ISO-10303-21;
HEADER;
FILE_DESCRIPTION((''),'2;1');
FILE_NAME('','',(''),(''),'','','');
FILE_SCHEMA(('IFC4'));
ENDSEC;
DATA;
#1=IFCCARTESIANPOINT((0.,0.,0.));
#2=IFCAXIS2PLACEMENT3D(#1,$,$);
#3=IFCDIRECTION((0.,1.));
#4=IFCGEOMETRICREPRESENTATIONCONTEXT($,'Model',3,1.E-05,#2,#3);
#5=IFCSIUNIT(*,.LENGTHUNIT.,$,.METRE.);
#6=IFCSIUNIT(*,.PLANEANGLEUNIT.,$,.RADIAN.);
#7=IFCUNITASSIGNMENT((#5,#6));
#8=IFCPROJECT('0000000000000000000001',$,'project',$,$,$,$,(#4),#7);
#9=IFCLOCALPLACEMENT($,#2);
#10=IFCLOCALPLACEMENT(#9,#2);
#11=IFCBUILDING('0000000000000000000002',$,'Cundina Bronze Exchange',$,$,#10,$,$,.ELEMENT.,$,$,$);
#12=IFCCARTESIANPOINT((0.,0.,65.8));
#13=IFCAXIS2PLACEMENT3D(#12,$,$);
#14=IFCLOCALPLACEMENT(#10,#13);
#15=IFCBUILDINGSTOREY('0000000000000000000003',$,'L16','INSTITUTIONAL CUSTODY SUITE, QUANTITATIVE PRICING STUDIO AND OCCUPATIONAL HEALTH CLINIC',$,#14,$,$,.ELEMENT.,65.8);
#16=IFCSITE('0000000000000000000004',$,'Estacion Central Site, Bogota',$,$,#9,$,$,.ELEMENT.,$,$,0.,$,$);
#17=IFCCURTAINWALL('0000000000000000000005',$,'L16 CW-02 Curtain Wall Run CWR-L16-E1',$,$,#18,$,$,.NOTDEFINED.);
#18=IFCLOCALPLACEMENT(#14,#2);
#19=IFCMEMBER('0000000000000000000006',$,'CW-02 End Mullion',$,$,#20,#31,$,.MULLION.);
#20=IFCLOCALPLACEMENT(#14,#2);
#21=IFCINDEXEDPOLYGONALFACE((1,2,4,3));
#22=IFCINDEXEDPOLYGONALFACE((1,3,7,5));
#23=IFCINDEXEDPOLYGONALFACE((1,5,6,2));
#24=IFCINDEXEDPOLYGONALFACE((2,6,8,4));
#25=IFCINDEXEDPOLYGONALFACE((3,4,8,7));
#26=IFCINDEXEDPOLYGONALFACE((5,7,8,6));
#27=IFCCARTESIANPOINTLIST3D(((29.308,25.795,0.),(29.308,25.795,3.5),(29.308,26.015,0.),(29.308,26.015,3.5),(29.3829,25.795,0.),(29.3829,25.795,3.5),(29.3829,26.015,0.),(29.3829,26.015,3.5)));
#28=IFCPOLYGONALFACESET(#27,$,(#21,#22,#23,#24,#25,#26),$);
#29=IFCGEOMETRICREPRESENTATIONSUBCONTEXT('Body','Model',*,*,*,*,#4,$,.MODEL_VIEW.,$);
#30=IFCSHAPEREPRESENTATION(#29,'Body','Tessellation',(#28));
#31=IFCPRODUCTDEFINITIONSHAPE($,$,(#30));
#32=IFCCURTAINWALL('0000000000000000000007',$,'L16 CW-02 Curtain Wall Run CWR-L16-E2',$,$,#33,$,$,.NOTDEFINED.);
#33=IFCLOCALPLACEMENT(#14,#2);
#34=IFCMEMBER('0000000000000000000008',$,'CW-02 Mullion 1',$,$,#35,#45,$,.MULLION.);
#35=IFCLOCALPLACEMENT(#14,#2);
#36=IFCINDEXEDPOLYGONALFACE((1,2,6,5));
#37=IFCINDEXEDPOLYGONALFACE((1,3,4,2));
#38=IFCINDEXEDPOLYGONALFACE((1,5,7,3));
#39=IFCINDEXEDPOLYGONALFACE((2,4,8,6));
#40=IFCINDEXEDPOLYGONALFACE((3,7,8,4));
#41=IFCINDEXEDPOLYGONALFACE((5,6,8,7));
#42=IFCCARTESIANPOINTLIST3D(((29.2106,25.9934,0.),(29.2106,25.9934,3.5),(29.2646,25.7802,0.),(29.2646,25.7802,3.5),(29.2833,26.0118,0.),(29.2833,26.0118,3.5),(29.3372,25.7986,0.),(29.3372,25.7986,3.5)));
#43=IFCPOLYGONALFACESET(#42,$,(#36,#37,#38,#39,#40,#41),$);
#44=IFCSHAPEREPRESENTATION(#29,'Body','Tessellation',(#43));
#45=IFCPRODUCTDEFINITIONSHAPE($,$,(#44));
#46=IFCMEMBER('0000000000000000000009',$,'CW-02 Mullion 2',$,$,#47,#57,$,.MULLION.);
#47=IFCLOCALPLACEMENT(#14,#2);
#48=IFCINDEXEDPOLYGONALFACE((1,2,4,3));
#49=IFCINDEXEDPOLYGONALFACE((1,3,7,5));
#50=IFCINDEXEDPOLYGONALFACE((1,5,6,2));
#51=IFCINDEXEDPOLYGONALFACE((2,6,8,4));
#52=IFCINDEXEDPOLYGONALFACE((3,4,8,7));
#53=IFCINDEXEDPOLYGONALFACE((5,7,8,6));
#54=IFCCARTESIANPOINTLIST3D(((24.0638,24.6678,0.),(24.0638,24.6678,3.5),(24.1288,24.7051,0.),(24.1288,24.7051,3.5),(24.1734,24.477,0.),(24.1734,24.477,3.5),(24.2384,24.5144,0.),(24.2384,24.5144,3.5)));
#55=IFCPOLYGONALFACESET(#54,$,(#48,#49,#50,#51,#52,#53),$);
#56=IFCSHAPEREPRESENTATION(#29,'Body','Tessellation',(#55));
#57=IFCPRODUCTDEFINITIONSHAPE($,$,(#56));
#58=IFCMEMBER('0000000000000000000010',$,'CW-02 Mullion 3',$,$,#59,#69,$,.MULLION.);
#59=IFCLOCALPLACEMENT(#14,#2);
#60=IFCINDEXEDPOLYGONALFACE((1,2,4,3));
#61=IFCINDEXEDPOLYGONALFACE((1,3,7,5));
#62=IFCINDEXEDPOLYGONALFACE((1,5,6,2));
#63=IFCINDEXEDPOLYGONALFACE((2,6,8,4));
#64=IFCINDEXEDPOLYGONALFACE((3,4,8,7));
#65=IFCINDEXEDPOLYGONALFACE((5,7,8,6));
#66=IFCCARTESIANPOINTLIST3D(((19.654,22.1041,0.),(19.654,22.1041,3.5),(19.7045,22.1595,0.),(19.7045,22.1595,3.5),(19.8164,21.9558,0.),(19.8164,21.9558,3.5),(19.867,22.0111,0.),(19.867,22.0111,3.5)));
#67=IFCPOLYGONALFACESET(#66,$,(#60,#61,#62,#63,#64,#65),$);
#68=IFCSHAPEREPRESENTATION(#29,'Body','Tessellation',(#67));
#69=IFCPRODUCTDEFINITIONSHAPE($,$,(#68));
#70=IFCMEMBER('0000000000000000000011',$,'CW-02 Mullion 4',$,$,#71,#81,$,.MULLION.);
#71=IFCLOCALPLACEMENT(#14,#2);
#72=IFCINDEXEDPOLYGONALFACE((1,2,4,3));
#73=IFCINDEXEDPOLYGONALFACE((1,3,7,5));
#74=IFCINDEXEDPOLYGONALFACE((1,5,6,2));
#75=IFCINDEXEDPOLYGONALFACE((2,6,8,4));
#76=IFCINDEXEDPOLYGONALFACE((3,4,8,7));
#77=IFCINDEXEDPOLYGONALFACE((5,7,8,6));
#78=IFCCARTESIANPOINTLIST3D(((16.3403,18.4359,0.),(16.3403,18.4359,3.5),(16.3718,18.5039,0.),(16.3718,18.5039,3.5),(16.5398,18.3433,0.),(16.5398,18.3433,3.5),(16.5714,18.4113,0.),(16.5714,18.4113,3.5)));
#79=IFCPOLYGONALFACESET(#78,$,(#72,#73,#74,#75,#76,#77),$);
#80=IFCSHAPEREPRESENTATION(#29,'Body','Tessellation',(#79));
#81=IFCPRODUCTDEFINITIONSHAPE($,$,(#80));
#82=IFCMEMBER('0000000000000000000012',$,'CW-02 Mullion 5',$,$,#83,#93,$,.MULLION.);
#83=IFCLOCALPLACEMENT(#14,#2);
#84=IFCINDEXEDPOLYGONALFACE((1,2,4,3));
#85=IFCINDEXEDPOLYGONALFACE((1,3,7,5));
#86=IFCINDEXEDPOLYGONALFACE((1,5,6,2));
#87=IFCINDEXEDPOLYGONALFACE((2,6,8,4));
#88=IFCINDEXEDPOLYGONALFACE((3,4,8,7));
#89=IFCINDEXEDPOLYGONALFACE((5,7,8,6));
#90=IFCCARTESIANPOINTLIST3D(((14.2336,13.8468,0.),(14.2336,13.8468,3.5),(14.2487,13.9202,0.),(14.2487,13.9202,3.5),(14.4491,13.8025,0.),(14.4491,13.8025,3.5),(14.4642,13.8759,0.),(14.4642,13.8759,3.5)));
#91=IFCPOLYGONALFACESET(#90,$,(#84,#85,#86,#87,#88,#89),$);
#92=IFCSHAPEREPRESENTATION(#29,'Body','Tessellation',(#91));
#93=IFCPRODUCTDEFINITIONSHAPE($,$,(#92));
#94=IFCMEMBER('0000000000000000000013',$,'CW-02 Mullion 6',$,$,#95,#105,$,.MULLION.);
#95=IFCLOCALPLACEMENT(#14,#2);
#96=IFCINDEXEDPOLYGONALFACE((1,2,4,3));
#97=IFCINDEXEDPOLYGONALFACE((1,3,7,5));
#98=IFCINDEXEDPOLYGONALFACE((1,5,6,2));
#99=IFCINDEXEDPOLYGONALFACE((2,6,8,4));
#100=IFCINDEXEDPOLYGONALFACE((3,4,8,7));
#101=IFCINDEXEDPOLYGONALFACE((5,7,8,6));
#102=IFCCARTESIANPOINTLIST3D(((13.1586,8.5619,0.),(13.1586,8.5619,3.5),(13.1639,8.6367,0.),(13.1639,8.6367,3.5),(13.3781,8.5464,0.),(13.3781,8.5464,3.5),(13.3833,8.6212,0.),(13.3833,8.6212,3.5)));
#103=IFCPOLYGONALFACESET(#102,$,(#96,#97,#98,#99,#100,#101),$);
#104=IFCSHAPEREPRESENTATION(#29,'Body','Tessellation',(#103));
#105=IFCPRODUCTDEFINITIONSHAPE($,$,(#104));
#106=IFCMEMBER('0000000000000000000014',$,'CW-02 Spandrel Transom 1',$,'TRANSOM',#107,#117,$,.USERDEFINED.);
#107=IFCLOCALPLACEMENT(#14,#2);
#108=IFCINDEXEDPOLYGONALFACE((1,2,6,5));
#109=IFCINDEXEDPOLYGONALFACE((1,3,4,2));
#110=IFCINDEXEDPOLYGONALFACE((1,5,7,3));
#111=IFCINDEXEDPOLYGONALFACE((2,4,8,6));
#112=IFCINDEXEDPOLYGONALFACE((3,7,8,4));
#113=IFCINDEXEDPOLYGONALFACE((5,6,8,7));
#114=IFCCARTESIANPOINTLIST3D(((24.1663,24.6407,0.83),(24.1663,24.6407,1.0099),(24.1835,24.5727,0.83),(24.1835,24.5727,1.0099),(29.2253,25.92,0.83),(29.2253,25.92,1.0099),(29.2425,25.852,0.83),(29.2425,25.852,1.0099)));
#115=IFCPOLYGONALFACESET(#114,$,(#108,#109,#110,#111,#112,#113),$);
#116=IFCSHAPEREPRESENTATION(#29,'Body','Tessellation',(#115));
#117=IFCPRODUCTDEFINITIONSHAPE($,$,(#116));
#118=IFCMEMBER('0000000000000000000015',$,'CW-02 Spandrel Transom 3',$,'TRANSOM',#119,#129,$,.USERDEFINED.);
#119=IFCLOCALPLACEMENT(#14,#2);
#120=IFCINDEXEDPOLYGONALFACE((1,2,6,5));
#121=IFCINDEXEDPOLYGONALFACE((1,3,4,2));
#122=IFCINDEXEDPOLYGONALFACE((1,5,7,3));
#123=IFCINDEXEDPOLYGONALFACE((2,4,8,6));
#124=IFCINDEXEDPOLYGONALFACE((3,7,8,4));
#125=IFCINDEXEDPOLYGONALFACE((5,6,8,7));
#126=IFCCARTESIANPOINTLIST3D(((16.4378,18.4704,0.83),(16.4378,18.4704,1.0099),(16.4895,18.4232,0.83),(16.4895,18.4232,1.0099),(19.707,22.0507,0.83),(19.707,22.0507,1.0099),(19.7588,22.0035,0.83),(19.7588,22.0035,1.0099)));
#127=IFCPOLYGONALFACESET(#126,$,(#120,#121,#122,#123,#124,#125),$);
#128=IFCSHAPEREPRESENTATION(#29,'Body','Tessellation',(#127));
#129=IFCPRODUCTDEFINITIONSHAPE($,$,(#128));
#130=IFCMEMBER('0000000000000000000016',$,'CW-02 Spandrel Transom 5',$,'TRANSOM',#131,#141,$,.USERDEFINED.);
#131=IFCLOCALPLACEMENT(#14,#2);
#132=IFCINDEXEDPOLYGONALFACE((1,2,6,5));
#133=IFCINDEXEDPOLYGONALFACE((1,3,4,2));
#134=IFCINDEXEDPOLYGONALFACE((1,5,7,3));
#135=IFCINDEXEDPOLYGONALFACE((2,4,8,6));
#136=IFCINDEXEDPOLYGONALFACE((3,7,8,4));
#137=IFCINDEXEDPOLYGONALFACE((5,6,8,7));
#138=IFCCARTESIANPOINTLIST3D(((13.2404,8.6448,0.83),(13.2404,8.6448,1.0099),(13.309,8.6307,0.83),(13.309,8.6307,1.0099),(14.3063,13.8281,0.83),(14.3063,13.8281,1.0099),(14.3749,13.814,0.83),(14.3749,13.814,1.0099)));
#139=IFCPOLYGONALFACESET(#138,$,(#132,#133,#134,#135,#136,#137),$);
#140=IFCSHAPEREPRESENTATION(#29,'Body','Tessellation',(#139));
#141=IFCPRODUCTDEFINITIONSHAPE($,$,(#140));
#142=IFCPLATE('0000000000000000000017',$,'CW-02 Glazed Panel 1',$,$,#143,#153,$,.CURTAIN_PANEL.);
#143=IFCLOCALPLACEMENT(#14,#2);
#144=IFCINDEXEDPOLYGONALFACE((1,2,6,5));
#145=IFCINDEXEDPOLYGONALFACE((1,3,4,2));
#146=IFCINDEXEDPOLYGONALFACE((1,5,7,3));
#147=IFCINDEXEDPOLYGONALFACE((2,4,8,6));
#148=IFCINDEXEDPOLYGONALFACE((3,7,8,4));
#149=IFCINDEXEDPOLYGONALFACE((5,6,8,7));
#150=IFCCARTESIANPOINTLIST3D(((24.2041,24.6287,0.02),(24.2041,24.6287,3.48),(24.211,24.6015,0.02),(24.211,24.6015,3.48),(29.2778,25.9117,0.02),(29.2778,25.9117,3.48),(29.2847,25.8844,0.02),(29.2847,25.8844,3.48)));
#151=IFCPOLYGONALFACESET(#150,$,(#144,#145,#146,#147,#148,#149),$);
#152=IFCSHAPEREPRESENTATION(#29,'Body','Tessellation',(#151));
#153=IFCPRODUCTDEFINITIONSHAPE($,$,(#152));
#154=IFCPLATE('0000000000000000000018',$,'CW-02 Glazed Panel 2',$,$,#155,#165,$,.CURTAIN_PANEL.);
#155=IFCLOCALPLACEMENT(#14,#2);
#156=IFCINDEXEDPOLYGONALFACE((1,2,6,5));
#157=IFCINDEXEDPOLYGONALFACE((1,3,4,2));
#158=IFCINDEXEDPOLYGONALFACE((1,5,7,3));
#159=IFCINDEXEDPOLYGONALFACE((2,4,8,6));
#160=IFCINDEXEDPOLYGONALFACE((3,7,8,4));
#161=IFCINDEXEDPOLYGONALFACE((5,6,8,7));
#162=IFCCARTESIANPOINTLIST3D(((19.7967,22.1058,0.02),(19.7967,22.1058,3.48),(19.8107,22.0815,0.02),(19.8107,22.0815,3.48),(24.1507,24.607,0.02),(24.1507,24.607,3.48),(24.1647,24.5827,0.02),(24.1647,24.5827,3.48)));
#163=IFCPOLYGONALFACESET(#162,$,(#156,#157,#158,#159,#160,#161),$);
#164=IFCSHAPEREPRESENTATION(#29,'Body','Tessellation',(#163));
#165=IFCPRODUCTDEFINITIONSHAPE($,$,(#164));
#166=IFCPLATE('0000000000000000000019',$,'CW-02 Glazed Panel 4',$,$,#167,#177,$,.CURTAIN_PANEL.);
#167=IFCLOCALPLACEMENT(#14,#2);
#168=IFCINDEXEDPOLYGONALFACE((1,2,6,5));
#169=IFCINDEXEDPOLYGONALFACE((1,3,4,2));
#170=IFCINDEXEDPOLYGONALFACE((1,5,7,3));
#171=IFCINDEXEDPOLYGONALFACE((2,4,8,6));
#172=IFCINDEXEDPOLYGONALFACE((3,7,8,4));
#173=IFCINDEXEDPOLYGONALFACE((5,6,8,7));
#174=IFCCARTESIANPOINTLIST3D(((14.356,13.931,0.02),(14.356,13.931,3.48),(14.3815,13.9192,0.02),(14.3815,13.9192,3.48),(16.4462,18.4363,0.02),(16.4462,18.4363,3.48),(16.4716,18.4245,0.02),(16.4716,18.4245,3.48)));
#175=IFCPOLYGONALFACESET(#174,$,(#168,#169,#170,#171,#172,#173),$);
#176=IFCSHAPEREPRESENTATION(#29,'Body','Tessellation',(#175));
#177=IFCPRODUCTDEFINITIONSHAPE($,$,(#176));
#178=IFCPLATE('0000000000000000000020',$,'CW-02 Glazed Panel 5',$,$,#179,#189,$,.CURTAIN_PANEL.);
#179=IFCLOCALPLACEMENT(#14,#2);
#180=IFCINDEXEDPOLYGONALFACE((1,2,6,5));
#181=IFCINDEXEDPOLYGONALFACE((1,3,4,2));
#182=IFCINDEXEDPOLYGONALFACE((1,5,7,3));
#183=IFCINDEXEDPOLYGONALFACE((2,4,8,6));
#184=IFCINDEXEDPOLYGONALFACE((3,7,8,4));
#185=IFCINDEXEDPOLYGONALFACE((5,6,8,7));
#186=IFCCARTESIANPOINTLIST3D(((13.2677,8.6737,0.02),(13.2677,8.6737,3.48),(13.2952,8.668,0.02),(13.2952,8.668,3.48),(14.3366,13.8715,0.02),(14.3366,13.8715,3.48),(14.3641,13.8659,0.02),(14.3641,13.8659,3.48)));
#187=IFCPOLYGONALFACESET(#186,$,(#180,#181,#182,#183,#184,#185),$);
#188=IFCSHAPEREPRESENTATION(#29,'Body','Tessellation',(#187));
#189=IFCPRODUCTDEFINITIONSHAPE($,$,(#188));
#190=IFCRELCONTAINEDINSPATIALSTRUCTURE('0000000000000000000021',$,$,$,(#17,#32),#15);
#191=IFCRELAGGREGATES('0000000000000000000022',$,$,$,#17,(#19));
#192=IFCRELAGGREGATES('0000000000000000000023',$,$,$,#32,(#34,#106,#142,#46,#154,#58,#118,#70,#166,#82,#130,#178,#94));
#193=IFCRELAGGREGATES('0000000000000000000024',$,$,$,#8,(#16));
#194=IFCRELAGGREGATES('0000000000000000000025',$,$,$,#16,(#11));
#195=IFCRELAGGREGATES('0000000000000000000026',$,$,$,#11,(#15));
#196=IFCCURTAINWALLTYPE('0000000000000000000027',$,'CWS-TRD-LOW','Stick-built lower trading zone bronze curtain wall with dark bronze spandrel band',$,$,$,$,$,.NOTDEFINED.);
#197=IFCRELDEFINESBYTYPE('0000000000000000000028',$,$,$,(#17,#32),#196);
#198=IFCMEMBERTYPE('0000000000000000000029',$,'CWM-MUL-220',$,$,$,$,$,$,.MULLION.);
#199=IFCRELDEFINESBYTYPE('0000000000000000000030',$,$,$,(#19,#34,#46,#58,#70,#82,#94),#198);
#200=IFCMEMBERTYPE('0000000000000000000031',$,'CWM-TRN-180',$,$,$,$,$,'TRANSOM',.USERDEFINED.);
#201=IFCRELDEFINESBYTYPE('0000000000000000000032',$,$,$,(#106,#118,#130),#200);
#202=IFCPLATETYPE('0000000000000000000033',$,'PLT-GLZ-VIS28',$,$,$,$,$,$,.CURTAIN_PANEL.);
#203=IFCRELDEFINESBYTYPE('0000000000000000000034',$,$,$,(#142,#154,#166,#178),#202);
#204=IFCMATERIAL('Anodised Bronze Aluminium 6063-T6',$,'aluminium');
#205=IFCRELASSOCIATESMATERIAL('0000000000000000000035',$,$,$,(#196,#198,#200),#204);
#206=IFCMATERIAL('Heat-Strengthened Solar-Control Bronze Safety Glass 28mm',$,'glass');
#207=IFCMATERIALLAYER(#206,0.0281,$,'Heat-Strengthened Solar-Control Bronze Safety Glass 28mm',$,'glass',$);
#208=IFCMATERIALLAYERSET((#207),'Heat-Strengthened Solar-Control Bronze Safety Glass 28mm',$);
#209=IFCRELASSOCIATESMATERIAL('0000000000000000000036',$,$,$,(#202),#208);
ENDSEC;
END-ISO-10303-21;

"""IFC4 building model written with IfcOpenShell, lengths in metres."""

from ifc_helpers import new_model, si_unit, direction, frame, origin, origin_2d, place, context, subcontext, project, spatial, rectangle, extrude, material, layer, layer_set, material_profile, profile_set, type_object, element, aggregate, save


model = new_model("IFC4")

# Units and contexts
model_context = context("Model", 3, precision=1e-05, world=origin(), true_north=direction((0.0, 1.0)))
body_context = subcontext(model_context, "Body", "Model", "MODEL_VIEW")
ifc_project = project(units=[si_unit("LENGTHUNIT", "METRE"), si_unit("PLANEANGLEUNIT", "RADIAN")], contexts=[model_context])

# Site, building, storey
site_placement = place(None, origin())
site = spatial("IfcSite", under=ifc_project, at=site_placement, Name="Estacion Central Site, Bogota", CompositionType="ELEMENT", RefElevation=0.0)
building_placement = place(site_placement, origin())
building = spatial("IfcBuilding", under=site, at=building_placement, Name="Cundina Bronze Exchange", CompositionType="ELEMENT")
storey_placement = place(building_placement, frame((0.0, 0.0, 65.8)))
storey = spatial("IfcBuildingStorey", under=building, at=storey_placement, Name="L16", Description="INSTITUTIONAL CUSTODY SUITE, QUANTITATIVE PRICING STUDIO AND OCCUPATIONAL HEALTH CLINIC", CompositionType="ELEMENT", Elevation=65.8)

# Curtain wall, member
ifc_material_1 = material(Name="Anodised Bronze Aluminium 6063-T6", Category="aluminium")
curtain_wall_type = type_object("IfcCurtainWallType", Name="CWS-TRD-LOW", Description="Stick-built lower trading zone bronze curtain wall with dark bronze spandrel band", PredefinedType="NOTDEFINED", material=ifc_material_1)
curtain_wall_1_placement = place(storey_placement, origin())
curtain_wall_1 = element("IfcCurtainWall", 1, at=curtain_wall_1_placement, inside=storey, type_object=curtain_wall_type, Name="L16 CW-02 Curtain Wall Run CWR-L16-E1", PredefinedType="NOTDEFINED")
ifc_material_profile_1 = material_profile(ifc_material_1, rectangle(XDim=0.075, YDim=0.22, at=origin_2d()), Name="AL75X220", Category="aluminium")
ifc_profile_set_1 = profile_set([ifc_material_profile_1], Name="Anodised Bronze Aluminium 6063-T6")
member_type_1 = type_object("IfcMemberType", Name="CWM-MUL-220", PredefinedType="MULLION", material=ifc_profile_set_1)
member_1_placement = place(storey_placement, frame((29.3455, 25.905, 0.0), z_axis=(0.0, 0.0, 1.0), x_axis=(-1.0, 0.0, 0.0)))
member_1 = element("IfcMember", 2, at=member_1_placement, type_object=member_type_1, Name="CW-02 End Mullion", PredefinedType="MULLION", context=body_context, shape_type="SweptSolid", body=[
    extrude(rectangle(XDim=0.075, YDim=0.22, at=origin_2d()), origin(), (0.0, 0.0, 1.0), 3.5),
])
aggregate(curtain_wall_1, [member_1])

# Curtain wall, members, plates
curtain_wall_2_placement = place(storey_placement, origin())
curtain_wall_2 = element("IfcCurtainWall", 3, at=curtain_wall_2_placement, inside=storey, type_object=curtain_wall_type, Name="L16 CW-02 Curtain Wall Run CWR-L16-E2", PredefinedType="NOTDEFINED")
member_2_placement = place(storey_placement, frame((29.2739, 25.896, 0.0), z_axis=(0.0, 0.0, 1.0), x_axis=(-0.969488, -0.245138, 0.0)))
member_2 = element("IfcMember", 4, at=member_2_placement, type_object=member_type_1, Name="CW-02 Mullion 1", PredefinedType="MULLION", context=body_context, shape_type="SweptSolid", body=[
    extrude(rectangle(XDim=0.075, YDim=0.22, at=origin_2d()), origin(), (0.0, 0.0, 1.0), 3.5),
])
member_3_placement = place(storey_placement, frame((24.1511, 24.5911, 0.0), z_axis=(0.0, 0.0, 1.0), x_axis=(-0.867071, -0.498185, 0.0)))
member_3 = element("IfcMember", 5, at=member_3_placement, type_object=member_type_1, Name="CW-02 Mullion 2", PredefinedType="MULLION", context=body_context, shape_type="SweptSolid", body=[
    extrude(rectangle(XDim=0.075, YDim=0.22, at=origin_2d()), origin(), (0.0, 0.0, 1.0), 3.5),
])
member_4_placement = place(storey_placement, frame((19.7605, 22.0576, 0.0), z_axis=(0.0, 0.0, 1.0), x_axis=(-0.674302, -0.738455, 0.0)))
member_4 = element("IfcMember", 6, at=member_4_placement, type_object=member_type_1, Name="CW-02 Mullion 3", PredefinedType="MULLION", context=body_context, shape_type="SweptSolid", body=[
    extrude(rectangle(XDim=0.075, YDim=0.22, at=origin_2d()), origin(), (0.0, 0.0, 1.0), 3.5),
])
member_5_placement = place(storey_placement, frame((16.4558, 18.4236, 0.0), z_axis=(0.0, 0.0, 1.0), x_axis=(-0.420877, -0.907117, 0.0)))
member_5 = element("IfcMember", 7, at=member_5_placement, type_object=member_type_1, Name="CW-02 Mullion 4", PredefinedType="MULLION", context=body_context, shape_type="SweptSolid", body=[
    extrude(rectangle(XDim=0.075, YDim=0.22, at=origin_2d()), origin(), (0.0, 0.0, 1.0), 3.5),
])
member_6_placement = place(storey_placement, frame((14.3489, 13.8613, 0.0), z_axis=(0.0, 0.0, 1.0), x_axis=(-0.20142, -0.979505, 0.0)))
member_6 = element("IfcMember", 8, at=member_6_placement, type_object=member_type_1, Name="CW-02 Mullion 5", PredefinedType="MULLION", context=body_context, shape_type="SweptSolid", body=[
    extrude(rectangle(XDim=0.075, YDim=0.22, at=origin_2d()), origin(), (0.0, 0.0, 1.0), 3.5),
])
member_7_placement = place(storey_placement, frame((13.271, 8.5916, 0.0), z_axis=(0.0, 0.0, 1.0), x_axis=(-0.070279, -0.997527, 0.0)))
member_7 = element("IfcMember", 9, at=member_7_placement, type_object=member_type_1, Name="CW-02 Mullion 6", PredefinedType="MULLION", context=body_context, shape_type="SweptSolid", body=[
    extrude(rectangle(XDim=0.075, YDim=0.22, at=origin_2d()), origin(), (0.0, 0.0, 1.0), 3.5),
])
ifc_material_profile_2 = material_profile(ifc_material_1, rectangle(XDim=0.0701, YDim=0.1799, at=origin_2d()), Name="AL70X180", Category="aluminium")
ifc_profile_set_2 = profile_set([ifc_material_profile_2], Name="Anodised Bronze Aluminium 6063-T6")
member_type_2 = type_object("IfcMemberType", Name="CWM-TRN-180", ElementType="TRANSOM", PredefinedType="USERDEFINED", material=ifc_profile_set_2)
member_8_placement = place(storey_placement, frame((29.2339, 25.886, 0.9199), z_axis=(-0.969484, -0.245155, 0.0), x_axis=(0.245155, -0.969484, 0.0)))
member_8 = element("IfcMember", 10, at=member_8_placement, type_object=member_type_2, Name="CW-02 Spandrel Transom 1", ObjectType="TRANSOM", PredefinedType="USERDEFINED", context=body_context, shape_type="SweptSolid", body=[
    extrude(rectangle(XDim=0.0701, YDim=0.1799, at=origin_2d()), origin(), (0.0, 0.0, 1.0), 5.2183),
])
member_9_placement = place(storey_placement, frame((19.7329, 22.0271, 0.9199), z_axis=(-0.674303, -0.738455, 0.0), x_axis=(0.738455, -0.674303, 0.0)))
member_9 = element("IfcMember", 11, at=member_9_placement, type_object=member_type_2, Name="CW-02 Spandrel Transom 3", ObjectType="TRANSOM", PredefinedType="USERDEFINED", context=body_context, shape_type="SweptSolid", body=[
    extrude(rectangle(XDim=0.0701, YDim=0.1799, at=origin_2d()), origin(), (0.0, 0.0, 1.0), 4.8484),
])
member_10_placement = place(storey_placement, frame((14.3406, 13.821, 0.9199), z_axis=(-0.201428, -0.979503, 0.0), x_axis=(0.979503, -0.201428, 0.0)))
member_10 = element("IfcMember", 12, at=member_10_placement, type_object=member_type_2, Name="CW-02 Spandrel Transom 5", ObjectType="TRANSOM", PredefinedType="USERDEFINED", context=body_context, shape_type="SweptSolid", body=[
    extrude(rectangle(XDim=0.0701, YDim=0.1799, at=origin_2d()), origin(), (0.0, 0.0, 1.0), 5.2917),
])
ifc_material_2 = material(Name="Heat-Strengthened Solar-Control Bronze Safety Glass 28mm", Category="glass")
ifc_layer_1 = layer(ifc_material_2, 0.0281, Name="Heat-Strengthened Solar-Control Bronze Safety Glass 28mm", Category="glass")
ifc_layer_set_1 = layer_set([ifc_layer_1], Name="Heat-Strengthened Solar-Control Bronze Safety Glass 28mm")
plate_type_1 = type_object("IfcPlateType", Name="PLT-GLZ-VIS28", PredefinedType="CURTAIN_PANEL", material=ifc_layer_set_1)
plate_1_placement = place(storey_placement, frame((26.7444, 25.2566, 0.02), z_axis=(0.0, 0.0, 1.0), x_axis=(-0.969488, -0.245138, 0.0)))
plate_1 = element("IfcPlate", 13, at=plate_1_placement, type_object=plate_type_1, Name="CW-02 Glazed Panel 1", PredefinedType="CURTAIN_PANEL", context=body_context, shape_type="SweptSolid", body=[
    extrude(rectangle(XDim=5.2334, YDim=0.0281, at=origin_2d()), origin(), (0.0, 0.0, 1.0), 3.46),
])
plate_2_placement = place(storey_placement, frame((21.9807, 23.3442, 0.02), z_axis=(0.0, 0.0, 1.0), x_axis=(-0.867105, -0.498125, 0.0)))
plate_2 = element("IfcPlate", 14, at=plate_2_placement, type_object=plate_type_1, Name="CW-02 Glazed Panel 2", PredefinedType="CURTAIN_PANEL", context=body_context, shape_type="SweptSolid", body=[
    extrude(rectangle(XDim=5.0212, YDim=0.0281, at=origin_2d()), origin(), (0.0, 0.0, 1.0), 3.46),
])
plate_3_placement = place(storey_placement, frame((15.4138, 16.1777, 0.02), z_axis=(0.0, 0.0, 1.0), x_axis=(-0.420846, -0.907132, 0.0)))
plate_3 = element("IfcPlate", 15, at=plate_3_placement, type_object=plate_type_1, Name="CW-02 Glazed Panel 4", PredefinedType="CURTAIN_PANEL", context=body_context, shape_type="SweptSolid", body=[
    extrude(rectangle(XDim=4.9666, YDim=0.0281, at=origin_2d()), origin(), (0.0, 0.0, 1.0), 3.46),
])
plate_4_placement = place(storey_placement, frame((13.8159, 11.2698, 0.02), z_axis=(0.0, 0.0, 1.0), x_axis=(-0.20142, -0.979505, 0.0)))
plate_4 = element("IfcPlate", 16, at=plate_4_placement, type_object=plate_type_1, Name="CW-02 Glazed Panel 5", PredefinedType="CURTAIN_PANEL", context=body_context, shape_type="SweptSolid", body=[
    extrude(rectangle(XDim=5.3066, YDim=0.0281, at=origin_2d()), origin(), (0.0, 0.0, 1.0), 3.46),
])
aggregate(curtain_wall_2, [member_2, member_8, plate_1, member_3, plate_2, member_4, member_9, member_5, plate_3, member_6, member_10, plate_4, member_7])

save(model, "model.ifc")
